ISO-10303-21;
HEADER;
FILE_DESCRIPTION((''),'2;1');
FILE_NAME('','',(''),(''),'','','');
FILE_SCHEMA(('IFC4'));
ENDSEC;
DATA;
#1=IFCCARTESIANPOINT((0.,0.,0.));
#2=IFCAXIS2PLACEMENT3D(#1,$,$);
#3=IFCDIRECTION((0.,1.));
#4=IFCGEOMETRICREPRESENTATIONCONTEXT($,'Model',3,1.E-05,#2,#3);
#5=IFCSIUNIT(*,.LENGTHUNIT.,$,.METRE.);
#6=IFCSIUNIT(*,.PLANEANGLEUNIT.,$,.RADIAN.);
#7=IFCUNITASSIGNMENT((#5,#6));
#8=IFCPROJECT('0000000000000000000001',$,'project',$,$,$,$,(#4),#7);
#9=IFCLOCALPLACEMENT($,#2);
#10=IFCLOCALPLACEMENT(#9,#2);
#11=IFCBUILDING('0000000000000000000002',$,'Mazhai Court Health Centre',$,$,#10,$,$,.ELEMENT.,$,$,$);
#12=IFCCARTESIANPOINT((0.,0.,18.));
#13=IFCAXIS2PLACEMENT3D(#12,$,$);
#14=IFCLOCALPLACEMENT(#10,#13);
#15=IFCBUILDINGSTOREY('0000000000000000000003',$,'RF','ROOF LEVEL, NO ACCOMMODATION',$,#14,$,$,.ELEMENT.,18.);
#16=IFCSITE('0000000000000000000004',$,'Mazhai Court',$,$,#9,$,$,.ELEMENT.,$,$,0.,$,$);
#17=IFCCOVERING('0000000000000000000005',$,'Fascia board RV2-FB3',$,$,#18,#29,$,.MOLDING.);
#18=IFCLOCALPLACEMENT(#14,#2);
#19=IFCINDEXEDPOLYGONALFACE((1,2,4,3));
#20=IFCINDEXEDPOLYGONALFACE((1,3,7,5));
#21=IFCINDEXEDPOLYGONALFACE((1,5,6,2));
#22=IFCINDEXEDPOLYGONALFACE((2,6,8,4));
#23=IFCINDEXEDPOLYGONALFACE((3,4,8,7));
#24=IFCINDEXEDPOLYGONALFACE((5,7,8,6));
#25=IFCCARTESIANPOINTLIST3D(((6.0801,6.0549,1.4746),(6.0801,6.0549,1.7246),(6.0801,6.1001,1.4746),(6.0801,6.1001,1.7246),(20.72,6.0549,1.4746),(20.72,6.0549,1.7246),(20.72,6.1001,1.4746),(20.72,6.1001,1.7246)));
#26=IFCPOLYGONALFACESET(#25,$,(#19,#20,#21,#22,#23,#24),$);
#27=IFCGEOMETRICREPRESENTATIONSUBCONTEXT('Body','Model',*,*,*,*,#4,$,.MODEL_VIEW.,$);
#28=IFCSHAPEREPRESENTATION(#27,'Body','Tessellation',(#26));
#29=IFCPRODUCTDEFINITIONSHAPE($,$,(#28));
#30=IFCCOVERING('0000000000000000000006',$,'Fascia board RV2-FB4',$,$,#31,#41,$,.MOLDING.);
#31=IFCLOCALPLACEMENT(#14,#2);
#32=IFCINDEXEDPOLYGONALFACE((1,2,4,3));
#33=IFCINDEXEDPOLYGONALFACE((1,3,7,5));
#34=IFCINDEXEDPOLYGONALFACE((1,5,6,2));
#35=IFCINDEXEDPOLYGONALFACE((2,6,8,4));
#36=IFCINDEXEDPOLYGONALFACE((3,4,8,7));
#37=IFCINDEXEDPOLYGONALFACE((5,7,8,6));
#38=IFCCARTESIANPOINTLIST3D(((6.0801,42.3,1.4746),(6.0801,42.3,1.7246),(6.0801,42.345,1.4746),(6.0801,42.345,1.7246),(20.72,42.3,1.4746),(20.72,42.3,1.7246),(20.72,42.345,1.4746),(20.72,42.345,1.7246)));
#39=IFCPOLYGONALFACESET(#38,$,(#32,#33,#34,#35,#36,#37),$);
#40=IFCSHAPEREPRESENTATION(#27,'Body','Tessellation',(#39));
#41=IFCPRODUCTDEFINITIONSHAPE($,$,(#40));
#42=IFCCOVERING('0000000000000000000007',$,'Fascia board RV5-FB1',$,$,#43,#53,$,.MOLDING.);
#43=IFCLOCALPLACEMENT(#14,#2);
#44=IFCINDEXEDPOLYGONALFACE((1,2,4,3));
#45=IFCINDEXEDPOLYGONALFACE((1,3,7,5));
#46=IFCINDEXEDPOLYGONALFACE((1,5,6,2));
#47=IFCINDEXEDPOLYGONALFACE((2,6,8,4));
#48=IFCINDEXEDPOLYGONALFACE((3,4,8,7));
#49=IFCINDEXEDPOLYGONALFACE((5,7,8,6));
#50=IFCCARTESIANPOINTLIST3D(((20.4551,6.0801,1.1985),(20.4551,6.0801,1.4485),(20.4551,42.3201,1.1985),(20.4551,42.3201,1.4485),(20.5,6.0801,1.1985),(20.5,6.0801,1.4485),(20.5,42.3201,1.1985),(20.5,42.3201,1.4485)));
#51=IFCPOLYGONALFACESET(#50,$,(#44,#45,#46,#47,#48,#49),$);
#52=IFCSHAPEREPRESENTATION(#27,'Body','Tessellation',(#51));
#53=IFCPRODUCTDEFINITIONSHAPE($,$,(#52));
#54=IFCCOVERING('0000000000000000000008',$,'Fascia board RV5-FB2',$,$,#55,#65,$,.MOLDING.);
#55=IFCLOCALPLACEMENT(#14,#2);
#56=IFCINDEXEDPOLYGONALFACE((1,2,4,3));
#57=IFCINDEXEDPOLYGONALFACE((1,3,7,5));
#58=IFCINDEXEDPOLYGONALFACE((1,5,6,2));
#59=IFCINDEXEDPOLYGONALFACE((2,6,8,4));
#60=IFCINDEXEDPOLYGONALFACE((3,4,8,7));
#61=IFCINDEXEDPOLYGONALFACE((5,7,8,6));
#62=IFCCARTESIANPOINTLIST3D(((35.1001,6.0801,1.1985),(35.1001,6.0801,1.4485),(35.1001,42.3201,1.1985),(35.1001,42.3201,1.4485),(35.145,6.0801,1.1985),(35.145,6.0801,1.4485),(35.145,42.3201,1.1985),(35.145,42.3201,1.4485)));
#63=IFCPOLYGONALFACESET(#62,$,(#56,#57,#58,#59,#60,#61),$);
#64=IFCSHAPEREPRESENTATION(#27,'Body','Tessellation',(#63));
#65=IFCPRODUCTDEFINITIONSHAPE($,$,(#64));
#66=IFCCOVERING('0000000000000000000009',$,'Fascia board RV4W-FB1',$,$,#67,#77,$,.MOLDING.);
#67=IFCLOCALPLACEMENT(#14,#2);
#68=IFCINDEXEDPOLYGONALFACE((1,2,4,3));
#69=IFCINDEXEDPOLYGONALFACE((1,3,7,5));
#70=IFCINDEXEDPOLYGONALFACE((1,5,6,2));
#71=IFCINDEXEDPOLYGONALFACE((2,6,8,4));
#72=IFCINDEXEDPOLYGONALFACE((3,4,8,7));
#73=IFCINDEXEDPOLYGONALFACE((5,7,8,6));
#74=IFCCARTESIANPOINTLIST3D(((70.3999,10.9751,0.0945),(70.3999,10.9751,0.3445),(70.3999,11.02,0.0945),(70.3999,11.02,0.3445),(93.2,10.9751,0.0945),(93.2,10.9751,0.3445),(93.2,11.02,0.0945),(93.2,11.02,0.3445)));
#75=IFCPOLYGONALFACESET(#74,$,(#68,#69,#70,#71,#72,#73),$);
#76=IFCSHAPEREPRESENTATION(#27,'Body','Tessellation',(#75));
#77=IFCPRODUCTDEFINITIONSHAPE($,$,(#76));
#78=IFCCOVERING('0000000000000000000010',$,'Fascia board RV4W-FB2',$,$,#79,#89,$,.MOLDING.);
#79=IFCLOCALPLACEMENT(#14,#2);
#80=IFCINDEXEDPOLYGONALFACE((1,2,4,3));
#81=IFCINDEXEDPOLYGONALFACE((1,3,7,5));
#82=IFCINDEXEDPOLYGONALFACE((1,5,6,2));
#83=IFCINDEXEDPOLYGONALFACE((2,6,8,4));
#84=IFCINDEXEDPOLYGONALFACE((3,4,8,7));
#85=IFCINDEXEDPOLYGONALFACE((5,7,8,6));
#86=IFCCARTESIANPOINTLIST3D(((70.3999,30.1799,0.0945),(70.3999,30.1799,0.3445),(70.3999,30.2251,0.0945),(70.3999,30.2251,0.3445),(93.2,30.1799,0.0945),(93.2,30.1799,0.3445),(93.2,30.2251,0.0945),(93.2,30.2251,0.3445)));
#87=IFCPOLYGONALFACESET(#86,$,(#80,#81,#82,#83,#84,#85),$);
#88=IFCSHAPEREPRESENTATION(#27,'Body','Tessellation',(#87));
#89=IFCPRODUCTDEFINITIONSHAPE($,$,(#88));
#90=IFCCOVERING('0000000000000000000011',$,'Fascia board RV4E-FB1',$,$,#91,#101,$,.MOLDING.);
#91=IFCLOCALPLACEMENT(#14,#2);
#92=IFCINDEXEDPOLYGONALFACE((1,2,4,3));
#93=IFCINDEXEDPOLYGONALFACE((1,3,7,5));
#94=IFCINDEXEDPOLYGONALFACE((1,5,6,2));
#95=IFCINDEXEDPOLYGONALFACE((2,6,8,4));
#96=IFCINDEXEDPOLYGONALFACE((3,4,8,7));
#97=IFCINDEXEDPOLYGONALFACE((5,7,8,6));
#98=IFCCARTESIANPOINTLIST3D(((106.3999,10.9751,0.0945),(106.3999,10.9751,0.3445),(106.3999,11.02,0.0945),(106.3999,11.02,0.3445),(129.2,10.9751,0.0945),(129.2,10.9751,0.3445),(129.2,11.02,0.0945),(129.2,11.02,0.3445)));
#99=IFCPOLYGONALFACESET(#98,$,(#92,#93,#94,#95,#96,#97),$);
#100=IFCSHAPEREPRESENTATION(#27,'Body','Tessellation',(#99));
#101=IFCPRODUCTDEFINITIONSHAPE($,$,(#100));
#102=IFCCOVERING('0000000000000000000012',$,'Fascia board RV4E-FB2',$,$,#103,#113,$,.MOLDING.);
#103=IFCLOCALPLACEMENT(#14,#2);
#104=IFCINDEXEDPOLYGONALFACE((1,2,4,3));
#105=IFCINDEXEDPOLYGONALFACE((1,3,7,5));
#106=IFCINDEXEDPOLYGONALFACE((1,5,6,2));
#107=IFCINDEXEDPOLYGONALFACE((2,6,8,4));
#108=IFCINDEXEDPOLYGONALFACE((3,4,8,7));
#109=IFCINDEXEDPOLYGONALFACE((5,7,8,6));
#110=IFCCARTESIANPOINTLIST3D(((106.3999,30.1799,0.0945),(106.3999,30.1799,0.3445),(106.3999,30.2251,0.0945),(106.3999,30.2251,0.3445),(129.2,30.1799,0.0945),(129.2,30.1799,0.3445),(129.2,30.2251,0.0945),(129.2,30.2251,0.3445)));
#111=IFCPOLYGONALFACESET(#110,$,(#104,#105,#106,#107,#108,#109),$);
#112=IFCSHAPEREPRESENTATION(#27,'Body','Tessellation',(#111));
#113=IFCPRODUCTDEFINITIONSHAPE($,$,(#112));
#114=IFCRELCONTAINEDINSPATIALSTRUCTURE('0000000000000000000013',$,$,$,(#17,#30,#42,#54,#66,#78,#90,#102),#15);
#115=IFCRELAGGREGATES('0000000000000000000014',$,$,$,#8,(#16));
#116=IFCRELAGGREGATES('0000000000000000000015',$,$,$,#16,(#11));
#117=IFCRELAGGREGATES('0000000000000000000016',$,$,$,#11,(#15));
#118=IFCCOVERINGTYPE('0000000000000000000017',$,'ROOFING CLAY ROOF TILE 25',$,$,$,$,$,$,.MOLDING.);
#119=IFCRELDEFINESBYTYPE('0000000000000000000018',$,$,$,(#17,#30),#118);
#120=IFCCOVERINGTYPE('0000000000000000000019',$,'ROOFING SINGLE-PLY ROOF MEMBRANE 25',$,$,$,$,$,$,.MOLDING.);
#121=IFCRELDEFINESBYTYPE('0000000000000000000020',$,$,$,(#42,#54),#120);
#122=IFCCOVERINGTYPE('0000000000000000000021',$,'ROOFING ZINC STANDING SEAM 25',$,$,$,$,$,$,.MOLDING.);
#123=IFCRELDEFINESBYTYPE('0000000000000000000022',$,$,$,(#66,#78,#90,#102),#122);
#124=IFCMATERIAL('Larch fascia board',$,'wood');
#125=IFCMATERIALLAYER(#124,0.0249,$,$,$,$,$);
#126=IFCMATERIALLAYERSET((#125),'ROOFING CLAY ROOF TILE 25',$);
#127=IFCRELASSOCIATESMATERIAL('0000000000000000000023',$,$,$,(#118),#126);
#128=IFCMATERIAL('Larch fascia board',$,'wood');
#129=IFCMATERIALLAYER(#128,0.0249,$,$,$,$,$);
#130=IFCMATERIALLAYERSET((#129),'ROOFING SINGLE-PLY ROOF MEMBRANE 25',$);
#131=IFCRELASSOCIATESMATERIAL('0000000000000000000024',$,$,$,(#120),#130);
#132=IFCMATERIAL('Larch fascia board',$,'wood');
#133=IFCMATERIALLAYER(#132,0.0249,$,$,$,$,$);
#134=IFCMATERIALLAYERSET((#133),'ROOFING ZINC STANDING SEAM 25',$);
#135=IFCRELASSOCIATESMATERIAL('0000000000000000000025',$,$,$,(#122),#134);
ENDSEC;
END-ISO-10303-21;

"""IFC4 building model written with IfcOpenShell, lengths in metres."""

from ifc_helpers import new_model, si_unit, direction, frame, origin, place, context, subcontext, project, spatial, polyline, outline, extrude, material, layer, layer_set, type_object, element, save


model = new_model("IFC4")

# Units and contexts
model_context = context("Model", 3, precision=1e-05, world=origin(), true_north=direction((0.0, 1.0)))
body_context = subcontext(model_context, "Body", "Model", "MODEL_VIEW")
ifc_project = project(units=[si_unit("LENGTHUNIT", "METRE"), si_unit("PLANEANGLEUNIT", "RADIAN")], contexts=[model_context])

# Site, building, storey
site_placement = place(None, origin())
site = spatial("IfcSite", under=ifc_project, at=site_placement, Name="Mazhai Court", CompositionType="ELEMENT", RefElevation=0.0)
building_placement = place(site_placement, origin())
building = spatial("IfcBuilding", under=site, at=building_placement, Name="Mazhai Court Health Centre", CompositionType="ELEMENT")
storey_placement = place(building_placement, frame((0.0, 0.0, 18.0)))
storey = spatial("IfcBuildingStorey", under=building, at=storey_placement, Name="RF", Description="ROOF LEVEL, NO ACCOMMODATION", CompositionType="ELEMENT", Elevation=18.0)

# Coverings
ifc_material_1 = material(Name="Larch fascia board", Category="wood")
ifc_layer_1 = layer(ifc_material_1, 0.0249)
ifc_layer_set_1 = layer_set([ifc_layer_1], Name="ROOFING CLAY ROOF TILE 25")
covering_type_1 = type_object("IfcCoveringType", Name="ROOFING CLAY ROOF TILE 25", PredefinedType="MOLDING", material=ifc_layer_set_1)
covering_1_placement = place(storey_placement, frame((0.0, 0.0, 1.4746)))
element("IfcCovering", 1, at=covering_1_placement, inside=storey, type_object=covering_type_1, Name="Fascia board RV2-FB3", PredefinedType="MOLDING", context=body_context, shape_type="SweptSolid", body=[
    extrude(outline(polyline([(20.72, 6.1001), (6.0801, 6.1001), (6.0801, 6.0549), (20.72, 6.0549), (20.72, 6.1001)])), origin(), (0.0, 0.0, 1.0), 0.25),
])
covering_2_placement = place(storey_placement, frame((0.0, 0.0, 1.4746)))
element("IfcCovering", 2, at=covering_2_placement, inside=storey, type_object=covering_type_1, Name="Fascia board RV2-FB4", PredefinedType="MOLDING", context=body_context, shape_type="SweptSolid", body=[
    extrude(outline(polyline([(6.0801, 42.3), (20.72, 42.3), (20.72, 42.345), (6.0801, 42.345), (6.0801, 42.3)])), origin(), (0.0, 0.0, 1.0), 0.25),
])
ifc_material_2 = material(Name="Larch fascia board", Category="wood")
ifc_layer_2 = layer(ifc_material_2, 0.0249)
ifc_layer_set_2 = layer_set([ifc_layer_2], Name="ROOFING SINGLE-PLY ROOF MEMBRANE 25")
covering_type_2 = type_object("IfcCoveringType", Name="ROOFING SINGLE-PLY ROOF MEMBRANE 25", PredefinedType="MOLDING", material=ifc_layer_set_2)
covering_3_placement = place(storey_placement, frame((0.0, 0.0, 1.1985)))
element("IfcCovering", 3, at=covering_3_placement, inside=storey, type_object=covering_type_2, Name="Fascia board RV5-FB1", PredefinedType="MOLDING", context=body_context, shape_type="SweptSolid", body=[
    extrude(outline(polyline([(20.5, 6.0801), (20.5, 42.3201), (20.4551, 42.3201), (20.4551, 6.0801), (20.5, 6.0801)])), origin(), (0.0, 0.0, 1.0), 0.25),
])
covering_4_placement = place(storey_placement, frame((0.0, 0.0, 1.1985)))
element("IfcCovering", 4, at=covering_4_placement, inside=storey, type_object=covering_type_2, Name="Fascia board RV5-FB2", PredefinedType="MOLDING", context=body_context, shape_type="SweptSolid", body=[
    extrude(outline(polyline([(35.1001, 42.3201), (35.1001, 6.0801), (35.145, 6.0801), (35.145, 42.3201), (35.1001, 42.3201)])), origin(), (0.0, 0.0, 1.0), 0.25),
])
ifc_material_3 = material(Name="Larch fascia board", Category="wood")
ifc_layer_3 = layer(ifc_material_3, 0.0249)
ifc_layer_set_3 = layer_set([ifc_layer_3], Name="ROOFING ZINC STANDING SEAM 25")
covering_type_3 = type_object("IfcCoveringType", Name="ROOFING ZINC STANDING SEAM 25", PredefinedType="MOLDING", material=ifc_layer_set_3)
covering_5_placement = place(storey_placement, frame((0.0, 0.0, 0.0945)))
element("IfcCovering", 5, at=covering_5_placement, inside=storey, type_object=covering_type_3, Name="Fascia board RV4W-FB1", PredefinedType="MOLDING", context=body_context, shape_type="SweptSolid", body=[
    extrude(outline(polyline([(93.2, 11.02), (70.3999, 11.02), (70.3999, 10.9751), (93.2, 10.9751), (93.2, 11.02)])), origin(), (0.0, 0.0, 1.0), 0.25),
])
covering_6_placement = place(storey_placement, frame((0.0, 0.0, 0.0945)))
element("IfcCovering", 6, at=covering_6_placement, inside=storey, type_object=covering_type_3, Name="Fascia board RV4W-FB2", PredefinedType="MOLDING", context=body_context, shape_type="SweptSolid", body=[
    extrude(outline(polyline([(70.3999, 30.1799), (93.2, 30.1799), (93.2, 30.2251), (70.3999, 30.2251), (70.3999, 30.1799)])), origin(), (0.0, 0.0, 1.0), 0.25),
])
covering_7_placement = place(storey_placement, frame((0.0, 0.0, 0.0945)))
element("IfcCovering", 7, at=covering_7_placement, inside=storey, type_object=covering_type_3, Name="Fascia board RV4E-FB1", PredefinedType="MOLDING", context=body_context, shape_type="SweptSolid", body=[
    extrude(outline(polyline([(129.2, 11.02), (106.3999, 11.02), (106.3999, 10.9751), (129.2, 10.9751), (129.2, 11.02)])), origin(), (0.0, 0.0, 1.0), 0.25),
])
covering_8_placement = place(storey_placement, frame((0.0, 0.0, 0.0945)))
element("IfcCovering", 8, at=covering_8_placement, inside=storey, type_object=covering_type_3, Name="Fascia board RV4E-FB2", PredefinedType="MOLDING", context=body_context, shape_type="SweptSolid", body=[
    extrude(outline(polyline([(106.3999, 30.1799), (129.2, 30.1799), (129.2, 30.2251), (106.3999, 30.2251), (106.3999, 30.1799)])), origin(), (0.0, 0.0, 1.0), 0.25),
])

save(model, "model.ifc")
